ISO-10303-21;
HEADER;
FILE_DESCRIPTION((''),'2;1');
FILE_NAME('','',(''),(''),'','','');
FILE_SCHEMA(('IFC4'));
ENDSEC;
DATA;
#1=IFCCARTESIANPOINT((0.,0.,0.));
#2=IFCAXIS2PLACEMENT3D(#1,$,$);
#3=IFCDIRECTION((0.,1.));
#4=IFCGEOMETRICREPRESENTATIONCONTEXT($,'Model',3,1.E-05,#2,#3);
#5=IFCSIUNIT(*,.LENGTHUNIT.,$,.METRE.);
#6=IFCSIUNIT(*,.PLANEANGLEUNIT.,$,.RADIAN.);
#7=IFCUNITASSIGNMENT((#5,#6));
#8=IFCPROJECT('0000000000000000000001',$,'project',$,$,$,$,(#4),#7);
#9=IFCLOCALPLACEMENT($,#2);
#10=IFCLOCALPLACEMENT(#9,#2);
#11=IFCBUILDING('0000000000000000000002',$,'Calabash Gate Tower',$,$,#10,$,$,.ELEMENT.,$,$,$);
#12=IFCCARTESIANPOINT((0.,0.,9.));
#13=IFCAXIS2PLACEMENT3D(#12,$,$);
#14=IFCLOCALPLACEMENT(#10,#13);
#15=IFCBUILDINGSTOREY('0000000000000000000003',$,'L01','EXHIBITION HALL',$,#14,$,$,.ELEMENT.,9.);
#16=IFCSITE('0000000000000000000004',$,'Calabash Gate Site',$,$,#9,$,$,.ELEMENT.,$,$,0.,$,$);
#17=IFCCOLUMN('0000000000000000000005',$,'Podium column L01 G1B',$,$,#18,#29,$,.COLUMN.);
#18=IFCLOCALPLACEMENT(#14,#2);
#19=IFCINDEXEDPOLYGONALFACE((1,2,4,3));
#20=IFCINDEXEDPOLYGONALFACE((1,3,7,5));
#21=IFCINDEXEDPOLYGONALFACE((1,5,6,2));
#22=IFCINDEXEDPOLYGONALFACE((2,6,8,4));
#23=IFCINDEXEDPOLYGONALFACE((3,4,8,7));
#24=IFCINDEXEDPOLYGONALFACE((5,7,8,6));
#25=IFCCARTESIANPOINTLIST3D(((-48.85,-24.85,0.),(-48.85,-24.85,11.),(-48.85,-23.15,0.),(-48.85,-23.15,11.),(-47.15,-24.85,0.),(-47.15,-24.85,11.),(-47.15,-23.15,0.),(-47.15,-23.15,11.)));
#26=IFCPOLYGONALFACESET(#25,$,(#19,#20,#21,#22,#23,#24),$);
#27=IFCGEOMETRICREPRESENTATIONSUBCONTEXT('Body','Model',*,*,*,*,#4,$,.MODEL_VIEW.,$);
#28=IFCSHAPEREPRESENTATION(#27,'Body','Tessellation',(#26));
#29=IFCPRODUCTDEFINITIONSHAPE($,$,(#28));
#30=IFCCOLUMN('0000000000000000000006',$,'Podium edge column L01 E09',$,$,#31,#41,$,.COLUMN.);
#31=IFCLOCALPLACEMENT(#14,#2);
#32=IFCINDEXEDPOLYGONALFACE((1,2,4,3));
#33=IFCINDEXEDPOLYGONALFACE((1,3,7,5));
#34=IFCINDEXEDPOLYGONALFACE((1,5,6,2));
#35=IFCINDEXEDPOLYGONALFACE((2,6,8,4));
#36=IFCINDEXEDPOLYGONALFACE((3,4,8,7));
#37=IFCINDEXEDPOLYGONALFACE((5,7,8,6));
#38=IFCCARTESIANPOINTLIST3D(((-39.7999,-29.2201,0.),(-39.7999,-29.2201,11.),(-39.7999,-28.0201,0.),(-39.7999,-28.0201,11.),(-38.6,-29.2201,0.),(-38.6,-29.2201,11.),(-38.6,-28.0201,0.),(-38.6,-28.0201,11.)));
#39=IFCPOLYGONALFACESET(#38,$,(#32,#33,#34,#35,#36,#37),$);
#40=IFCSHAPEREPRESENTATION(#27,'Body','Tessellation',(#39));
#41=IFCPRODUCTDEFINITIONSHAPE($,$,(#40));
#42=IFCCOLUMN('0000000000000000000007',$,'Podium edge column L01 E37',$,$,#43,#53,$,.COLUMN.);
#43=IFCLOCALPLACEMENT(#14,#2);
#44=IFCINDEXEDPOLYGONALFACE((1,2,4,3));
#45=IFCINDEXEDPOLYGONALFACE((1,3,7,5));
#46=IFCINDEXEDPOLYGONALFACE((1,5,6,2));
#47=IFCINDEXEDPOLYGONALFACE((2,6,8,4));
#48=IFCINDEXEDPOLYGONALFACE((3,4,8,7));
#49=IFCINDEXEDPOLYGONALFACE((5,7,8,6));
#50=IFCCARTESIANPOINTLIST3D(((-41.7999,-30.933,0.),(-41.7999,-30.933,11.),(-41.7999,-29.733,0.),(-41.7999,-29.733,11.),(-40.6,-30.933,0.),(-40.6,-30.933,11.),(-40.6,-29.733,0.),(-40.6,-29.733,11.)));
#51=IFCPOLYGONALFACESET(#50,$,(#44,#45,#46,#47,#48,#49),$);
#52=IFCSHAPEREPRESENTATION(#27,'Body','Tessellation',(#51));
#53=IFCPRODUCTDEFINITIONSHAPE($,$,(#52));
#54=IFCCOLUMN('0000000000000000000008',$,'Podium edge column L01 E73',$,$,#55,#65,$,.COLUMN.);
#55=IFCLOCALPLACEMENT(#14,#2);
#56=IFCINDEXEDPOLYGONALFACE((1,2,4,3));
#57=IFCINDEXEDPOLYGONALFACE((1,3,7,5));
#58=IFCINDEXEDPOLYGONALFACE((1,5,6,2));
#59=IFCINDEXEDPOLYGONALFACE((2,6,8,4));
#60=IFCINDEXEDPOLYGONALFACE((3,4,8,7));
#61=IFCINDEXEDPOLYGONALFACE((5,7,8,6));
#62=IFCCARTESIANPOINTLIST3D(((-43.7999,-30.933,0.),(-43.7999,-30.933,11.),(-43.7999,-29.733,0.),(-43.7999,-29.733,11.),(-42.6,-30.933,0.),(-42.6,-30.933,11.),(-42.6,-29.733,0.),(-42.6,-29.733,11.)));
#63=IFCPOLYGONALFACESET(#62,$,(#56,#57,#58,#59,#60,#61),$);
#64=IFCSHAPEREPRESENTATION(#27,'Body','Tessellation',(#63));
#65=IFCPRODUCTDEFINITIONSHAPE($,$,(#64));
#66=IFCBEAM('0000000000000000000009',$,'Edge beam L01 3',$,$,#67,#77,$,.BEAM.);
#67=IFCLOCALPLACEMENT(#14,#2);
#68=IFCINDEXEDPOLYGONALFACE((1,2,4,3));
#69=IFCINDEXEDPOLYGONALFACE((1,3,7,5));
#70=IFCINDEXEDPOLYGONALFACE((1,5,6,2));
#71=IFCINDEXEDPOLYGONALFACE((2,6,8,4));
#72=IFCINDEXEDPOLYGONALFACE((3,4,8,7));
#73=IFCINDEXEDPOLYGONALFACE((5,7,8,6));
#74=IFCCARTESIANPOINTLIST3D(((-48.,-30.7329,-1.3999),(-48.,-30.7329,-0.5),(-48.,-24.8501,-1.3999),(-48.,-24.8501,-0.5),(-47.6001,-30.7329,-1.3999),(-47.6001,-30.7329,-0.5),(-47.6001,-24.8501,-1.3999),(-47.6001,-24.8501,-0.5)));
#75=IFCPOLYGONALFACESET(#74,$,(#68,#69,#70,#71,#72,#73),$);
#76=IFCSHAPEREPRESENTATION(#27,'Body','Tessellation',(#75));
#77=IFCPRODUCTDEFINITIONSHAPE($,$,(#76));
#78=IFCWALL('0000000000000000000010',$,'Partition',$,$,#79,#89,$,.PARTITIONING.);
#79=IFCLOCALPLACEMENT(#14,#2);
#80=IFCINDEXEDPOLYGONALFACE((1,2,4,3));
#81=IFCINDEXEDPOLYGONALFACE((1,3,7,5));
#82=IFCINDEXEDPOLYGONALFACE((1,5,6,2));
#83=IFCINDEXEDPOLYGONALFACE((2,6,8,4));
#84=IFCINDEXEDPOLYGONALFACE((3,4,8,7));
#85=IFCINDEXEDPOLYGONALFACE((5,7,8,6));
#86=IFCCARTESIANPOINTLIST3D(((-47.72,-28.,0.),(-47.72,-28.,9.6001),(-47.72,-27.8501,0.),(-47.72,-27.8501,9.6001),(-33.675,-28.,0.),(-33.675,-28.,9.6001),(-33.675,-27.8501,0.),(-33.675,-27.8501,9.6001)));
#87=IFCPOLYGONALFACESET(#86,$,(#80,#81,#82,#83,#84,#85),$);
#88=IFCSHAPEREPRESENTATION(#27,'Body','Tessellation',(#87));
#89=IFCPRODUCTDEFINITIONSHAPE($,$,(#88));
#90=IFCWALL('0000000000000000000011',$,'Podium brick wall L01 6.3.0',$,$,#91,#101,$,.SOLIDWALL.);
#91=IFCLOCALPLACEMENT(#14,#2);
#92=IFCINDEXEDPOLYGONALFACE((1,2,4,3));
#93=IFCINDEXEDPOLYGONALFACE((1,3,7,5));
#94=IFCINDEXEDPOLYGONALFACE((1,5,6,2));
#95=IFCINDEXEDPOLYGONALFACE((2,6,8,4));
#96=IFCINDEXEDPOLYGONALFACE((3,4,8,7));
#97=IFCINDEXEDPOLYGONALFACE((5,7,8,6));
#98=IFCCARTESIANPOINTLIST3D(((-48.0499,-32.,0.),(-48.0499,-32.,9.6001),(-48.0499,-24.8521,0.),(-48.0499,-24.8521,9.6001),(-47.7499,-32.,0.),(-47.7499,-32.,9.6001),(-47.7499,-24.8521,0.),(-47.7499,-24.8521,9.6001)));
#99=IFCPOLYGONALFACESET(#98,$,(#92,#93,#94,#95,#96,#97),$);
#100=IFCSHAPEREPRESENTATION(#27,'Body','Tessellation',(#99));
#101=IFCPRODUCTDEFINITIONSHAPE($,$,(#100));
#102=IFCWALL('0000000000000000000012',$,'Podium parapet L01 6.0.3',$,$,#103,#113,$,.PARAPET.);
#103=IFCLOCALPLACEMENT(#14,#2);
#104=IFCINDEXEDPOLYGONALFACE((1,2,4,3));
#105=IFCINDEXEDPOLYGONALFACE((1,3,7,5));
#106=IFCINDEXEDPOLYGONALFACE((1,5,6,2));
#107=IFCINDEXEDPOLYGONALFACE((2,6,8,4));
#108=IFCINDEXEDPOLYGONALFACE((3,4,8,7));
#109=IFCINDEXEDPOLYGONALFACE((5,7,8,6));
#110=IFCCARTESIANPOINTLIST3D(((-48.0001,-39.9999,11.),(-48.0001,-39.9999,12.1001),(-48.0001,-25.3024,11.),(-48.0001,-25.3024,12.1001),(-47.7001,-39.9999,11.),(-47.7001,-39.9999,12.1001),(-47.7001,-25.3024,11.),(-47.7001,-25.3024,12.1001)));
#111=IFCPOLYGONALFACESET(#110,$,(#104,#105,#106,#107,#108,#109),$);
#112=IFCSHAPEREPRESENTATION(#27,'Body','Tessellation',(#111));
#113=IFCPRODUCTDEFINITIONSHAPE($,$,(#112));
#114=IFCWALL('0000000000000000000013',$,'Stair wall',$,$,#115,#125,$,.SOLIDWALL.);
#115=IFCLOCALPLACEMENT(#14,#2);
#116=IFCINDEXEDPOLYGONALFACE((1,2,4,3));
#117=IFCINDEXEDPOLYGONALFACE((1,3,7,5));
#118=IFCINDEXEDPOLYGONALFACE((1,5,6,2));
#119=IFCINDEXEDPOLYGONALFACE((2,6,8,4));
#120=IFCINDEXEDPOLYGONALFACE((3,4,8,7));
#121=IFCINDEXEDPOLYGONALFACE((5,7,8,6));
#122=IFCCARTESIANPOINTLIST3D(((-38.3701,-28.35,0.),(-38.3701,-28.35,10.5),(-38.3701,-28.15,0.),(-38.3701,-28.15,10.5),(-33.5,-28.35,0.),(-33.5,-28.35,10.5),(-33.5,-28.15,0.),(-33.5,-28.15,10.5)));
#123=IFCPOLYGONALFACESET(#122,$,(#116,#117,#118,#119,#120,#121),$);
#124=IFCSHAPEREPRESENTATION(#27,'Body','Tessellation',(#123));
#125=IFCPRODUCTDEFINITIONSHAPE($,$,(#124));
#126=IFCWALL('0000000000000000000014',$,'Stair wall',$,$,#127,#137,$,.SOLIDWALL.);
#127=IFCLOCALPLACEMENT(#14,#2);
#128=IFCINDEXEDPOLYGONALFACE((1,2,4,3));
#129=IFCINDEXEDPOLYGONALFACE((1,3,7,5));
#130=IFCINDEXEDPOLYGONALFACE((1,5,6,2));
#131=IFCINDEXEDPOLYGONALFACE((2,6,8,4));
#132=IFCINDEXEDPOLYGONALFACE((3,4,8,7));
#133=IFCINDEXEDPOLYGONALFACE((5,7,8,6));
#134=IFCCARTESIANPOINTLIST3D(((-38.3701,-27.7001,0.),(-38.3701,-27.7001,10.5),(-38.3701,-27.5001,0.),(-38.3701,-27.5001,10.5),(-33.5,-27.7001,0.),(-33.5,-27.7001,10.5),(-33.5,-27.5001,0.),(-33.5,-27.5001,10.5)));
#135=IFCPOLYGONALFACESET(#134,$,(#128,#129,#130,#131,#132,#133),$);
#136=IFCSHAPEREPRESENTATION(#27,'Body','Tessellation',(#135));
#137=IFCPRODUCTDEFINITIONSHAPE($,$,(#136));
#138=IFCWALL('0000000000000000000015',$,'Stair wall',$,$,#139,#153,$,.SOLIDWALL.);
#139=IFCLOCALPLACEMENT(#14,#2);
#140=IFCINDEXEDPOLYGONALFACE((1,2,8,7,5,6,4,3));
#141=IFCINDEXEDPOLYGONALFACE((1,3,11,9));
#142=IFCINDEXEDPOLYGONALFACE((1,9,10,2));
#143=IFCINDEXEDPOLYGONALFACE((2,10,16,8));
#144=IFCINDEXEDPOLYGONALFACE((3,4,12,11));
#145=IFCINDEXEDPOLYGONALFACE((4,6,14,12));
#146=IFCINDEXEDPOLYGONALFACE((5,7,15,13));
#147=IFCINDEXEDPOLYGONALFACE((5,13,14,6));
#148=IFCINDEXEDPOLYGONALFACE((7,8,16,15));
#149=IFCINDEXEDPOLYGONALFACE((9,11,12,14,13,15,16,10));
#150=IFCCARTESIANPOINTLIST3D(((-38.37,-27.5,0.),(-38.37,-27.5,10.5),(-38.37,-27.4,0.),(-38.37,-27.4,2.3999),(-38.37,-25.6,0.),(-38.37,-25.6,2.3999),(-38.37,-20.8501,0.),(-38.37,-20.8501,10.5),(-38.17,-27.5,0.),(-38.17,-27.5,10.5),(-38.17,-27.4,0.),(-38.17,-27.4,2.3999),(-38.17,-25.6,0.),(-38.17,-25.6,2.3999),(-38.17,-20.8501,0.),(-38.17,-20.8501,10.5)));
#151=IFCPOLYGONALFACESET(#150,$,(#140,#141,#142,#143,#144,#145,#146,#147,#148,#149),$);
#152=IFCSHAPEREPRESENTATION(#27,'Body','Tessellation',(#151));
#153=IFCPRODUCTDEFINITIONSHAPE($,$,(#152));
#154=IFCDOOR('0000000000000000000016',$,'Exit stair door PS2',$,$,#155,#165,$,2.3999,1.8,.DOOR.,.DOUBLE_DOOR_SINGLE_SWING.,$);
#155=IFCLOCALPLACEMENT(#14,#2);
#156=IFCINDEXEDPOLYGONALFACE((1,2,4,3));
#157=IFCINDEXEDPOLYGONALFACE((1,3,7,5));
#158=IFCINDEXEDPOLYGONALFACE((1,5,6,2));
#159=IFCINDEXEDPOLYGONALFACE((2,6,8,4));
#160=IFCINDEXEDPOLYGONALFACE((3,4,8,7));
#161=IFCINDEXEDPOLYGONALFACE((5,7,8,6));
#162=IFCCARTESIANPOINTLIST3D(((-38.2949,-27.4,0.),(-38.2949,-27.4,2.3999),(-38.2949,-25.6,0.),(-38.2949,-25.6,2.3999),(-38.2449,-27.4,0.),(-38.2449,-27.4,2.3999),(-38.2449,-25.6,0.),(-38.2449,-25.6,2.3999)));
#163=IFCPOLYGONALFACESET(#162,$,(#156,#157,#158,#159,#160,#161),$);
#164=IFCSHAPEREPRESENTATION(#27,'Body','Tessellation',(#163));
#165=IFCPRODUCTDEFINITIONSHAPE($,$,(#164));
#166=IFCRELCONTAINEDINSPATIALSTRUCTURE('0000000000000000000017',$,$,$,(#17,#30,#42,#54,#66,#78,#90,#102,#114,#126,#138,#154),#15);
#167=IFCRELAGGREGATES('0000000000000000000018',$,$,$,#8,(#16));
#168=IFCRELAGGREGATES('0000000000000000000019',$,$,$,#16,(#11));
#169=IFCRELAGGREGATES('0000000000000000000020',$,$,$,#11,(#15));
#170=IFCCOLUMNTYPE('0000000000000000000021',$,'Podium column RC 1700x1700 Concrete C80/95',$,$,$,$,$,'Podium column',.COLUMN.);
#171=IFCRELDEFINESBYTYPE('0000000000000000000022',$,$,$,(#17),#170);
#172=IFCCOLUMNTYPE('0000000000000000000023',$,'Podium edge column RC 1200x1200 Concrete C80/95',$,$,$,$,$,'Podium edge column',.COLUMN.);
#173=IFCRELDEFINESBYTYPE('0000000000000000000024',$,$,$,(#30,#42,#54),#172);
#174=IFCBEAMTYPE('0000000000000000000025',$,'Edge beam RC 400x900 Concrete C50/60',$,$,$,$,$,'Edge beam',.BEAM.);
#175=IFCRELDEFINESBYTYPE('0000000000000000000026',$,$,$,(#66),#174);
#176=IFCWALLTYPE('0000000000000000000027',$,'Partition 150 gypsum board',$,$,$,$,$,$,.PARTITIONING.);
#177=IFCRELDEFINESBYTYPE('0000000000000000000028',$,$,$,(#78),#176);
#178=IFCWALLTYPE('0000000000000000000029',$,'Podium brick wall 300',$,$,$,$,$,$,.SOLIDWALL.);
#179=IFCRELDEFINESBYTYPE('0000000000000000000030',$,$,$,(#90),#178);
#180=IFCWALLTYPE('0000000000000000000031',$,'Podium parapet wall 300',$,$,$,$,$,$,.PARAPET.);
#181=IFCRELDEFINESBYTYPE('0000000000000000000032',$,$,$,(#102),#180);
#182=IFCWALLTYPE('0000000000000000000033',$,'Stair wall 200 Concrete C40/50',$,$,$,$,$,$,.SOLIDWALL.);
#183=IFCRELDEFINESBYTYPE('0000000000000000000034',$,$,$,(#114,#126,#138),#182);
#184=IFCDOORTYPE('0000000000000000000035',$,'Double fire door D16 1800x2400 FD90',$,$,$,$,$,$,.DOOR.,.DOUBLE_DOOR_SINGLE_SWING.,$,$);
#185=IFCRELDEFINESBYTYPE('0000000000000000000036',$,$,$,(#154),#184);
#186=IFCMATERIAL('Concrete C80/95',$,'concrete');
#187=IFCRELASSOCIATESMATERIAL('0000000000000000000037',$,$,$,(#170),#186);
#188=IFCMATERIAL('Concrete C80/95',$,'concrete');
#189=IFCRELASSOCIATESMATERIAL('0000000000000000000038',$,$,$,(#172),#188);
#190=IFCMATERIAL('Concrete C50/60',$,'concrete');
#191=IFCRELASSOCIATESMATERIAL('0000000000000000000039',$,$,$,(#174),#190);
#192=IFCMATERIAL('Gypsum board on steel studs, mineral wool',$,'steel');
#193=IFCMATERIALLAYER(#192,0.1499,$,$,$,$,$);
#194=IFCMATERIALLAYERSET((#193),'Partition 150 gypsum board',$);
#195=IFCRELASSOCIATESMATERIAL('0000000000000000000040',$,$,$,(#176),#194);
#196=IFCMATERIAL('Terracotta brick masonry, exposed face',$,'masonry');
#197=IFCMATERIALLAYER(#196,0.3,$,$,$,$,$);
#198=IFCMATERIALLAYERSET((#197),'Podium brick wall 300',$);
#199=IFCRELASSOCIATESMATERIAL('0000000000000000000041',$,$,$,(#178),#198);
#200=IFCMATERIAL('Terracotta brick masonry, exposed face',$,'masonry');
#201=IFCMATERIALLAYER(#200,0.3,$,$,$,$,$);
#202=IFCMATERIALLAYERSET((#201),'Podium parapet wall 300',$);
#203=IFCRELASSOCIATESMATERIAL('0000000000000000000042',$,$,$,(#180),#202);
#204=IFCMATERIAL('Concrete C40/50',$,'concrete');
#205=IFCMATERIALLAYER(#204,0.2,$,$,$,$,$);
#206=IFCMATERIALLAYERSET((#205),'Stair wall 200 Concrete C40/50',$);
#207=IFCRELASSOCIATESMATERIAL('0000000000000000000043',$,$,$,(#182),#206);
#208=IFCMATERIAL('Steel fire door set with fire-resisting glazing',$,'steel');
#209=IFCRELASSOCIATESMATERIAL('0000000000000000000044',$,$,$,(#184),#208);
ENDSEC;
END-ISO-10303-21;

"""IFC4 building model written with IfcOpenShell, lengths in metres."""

from ifc_helpers import new_model, si_unit, direction, frame, frame_2d, origin, origin_2d, place, context, subcontext, project, spatial, rectangle, extrude, material, layer, layer_set, material_profile, profile_set, type_object, element, fill, save


model = new_model("IFC4")

# Units and contexts
model_context = context("Model", 3, precision=1e-05, world=origin(), true_north=direction((0.0, 1.0)))
body_context = subcontext(model_context, "Body", "Model", "MODEL_VIEW")
ifc_project = project(units=[si_unit("LENGTHUNIT", "METRE"), si_unit("PLANEANGLEUNIT", "RADIAN")], contexts=[model_context])

# Site, building, storey
site_placement = place(None, origin())
site = spatial("IfcSite", under=ifc_project, at=site_placement, Name="Calabash Gate Site", CompositionType="ELEMENT", RefElevation=0.0)
building_placement = place(site_placement, origin())
building = spatial("IfcBuilding", under=site, at=building_placement, Name="Calabash Gate Tower", CompositionType="ELEMENT")
storey_placement = place(building_placement, frame((0.0, 0.0, 9.0)))
storey = spatial("IfcBuildingStorey", under=building, at=storey_placement, Name="L01", Description="EXHIBITION HALL", CompositionType="ELEMENT", Elevation=9.0)

# Columns
ifc_material_1 = material(Name="Concrete C80/95", Category="concrete")
ifc_material_profile_1 = material_profile(ifc_material_1, rectangle(XDim=1.7, YDim=1.7, at=origin_2d()))
ifc_profile_set_1 = profile_set([ifc_material_profile_1], Name="Concrete C80/95")
column_type_1 = type_object("IfcColumnType", Name="Podium column RC 1700x1700 Concrete C80/95", ElementType="Podium column", PredefinedType="COLUMN", material=ifc_profile_set_1)
column_placement = place(storey_placement, frame((-48.0, -24.0, 0.0), z_axis=(0.0, 0.0, 1.0), x_axis=(1.0, 0.0, 0.0)))
element("IfcColumn", 1, at=column_placement, inside=storey, type_object=column_type_1, Name="Podium column L01 G1B", PredefinedType="COLUMN", context=body_context, shape_type="SweptSolid", body=[
    extrude(rectangle(XDim=1.7, YDim=1.7, at=origin_2d()), origin(), (0.0, 0.0, 1.0), 11.0),
])
ifc_material_2 = material(Name="Concrete C80/95", Category="concrete")
ifc_material_profile_2 = material_profile(ifc_material_2, rectangle(XDim=1.2, YDim=1.2, at=origin_2d()))
ifc_profile_set_2 = profile_set([ifc_material_profile_2], Name="Concrete C80/95")
column_type_2 = type_object("IfcColumnType", Name="Podium edge column RC 1200x1200 Concrete C80/95", ElementType="Podium edge column", PredefinedType="COLUMN", material=ifc_profile_set_2)
for number, where, z_axis, x_axis, name in (
    (2, (-39.2, -28.6201, 0.0), (0.0, 0.0, 1.0), (1.0, 0.0, 0.0), "Podium edge column L01 E09"),
    (3, (-41.2, -30.333, 0.0), (0.0, 0.0, 1.0), (1.0, 0.0, 0.0), "Podium edge column L01 E37"),
    (4, (-43.2, -30.333, 0.0), (0.0, 0.0, 1.0), (1.0, 0.0, 0.0), "Podium edge column L01 E73"),
):
    element("IfcColumn", number, at=place(storey_placement, frame(where, z_axis=z_axis, x_axis=x_axis)), inside=storey, type_object=column_type_2, Name=name, PredefinedType="COLUMN", context=body_context, shape_type="SweptSolid", body=[
        extrude(rectangle(XDim=1.2, YDim=1.2, at=origin_2d()), origin(), (0.0, 0.0, 1.0), 11.0),
    ])

# Beam
ifc_material_3 = material(Name="Concrete C50/60", Category="concrete")
ifc_material_profile_3 = material_profile(ifc_material_3, rectangle(XDim=0.3999, YDim=0.8999, at=origin_2d()))
ifc_profile_set_3 = profile_set([ifc_material_profile_3], Name="Concrete C50/60")
beam_type = type_object("IfcBeamType", Name="Edge beam RC 400x900 Concrete C50/60", ElementType="Edge beam", PredefinedType="BEAM", material=ifc_profile_set_3)
beam_placement = place(storey_placement, frame((-47.8, -30.7329, -0.95), z_axis=(0.0, 1.0, 0.0), x_axis=(-1.0, 0.0, 0.0)))
element("IfcBeam", 5, at=beam_placement, inside=storey, type_object=beam_type, Name="Edge beam L01 3", PredefinedType="BEAM", context=body_context, shape_type="SweptSolid", body=[
    extrude(rectangle(XDim=0.3999, YDim=0.8999, at=origin_2d()), origin(), (0.0, 0.0, 1.0), 5.8828),
])

# Walls
ifc_material_4 = material(Name="Gypsum board on steel studs, mineral wool", Category="steel")
ifc_layer_1 = layer(ifc_material_4, 0.1499)
ifc_layer_set_1 = layer_set([ifc_layer_1], Name="Partition 150 gypsum board")
wall_type_1 = type_object("IfcWallType", Name="Partition 150 gypsum board", PredefinedType="PARTITIONING", material=ifc_layer_set_1)
wall_1_placement = place(storey_placement, frame((-47.72, -27.925, 0.0), z_axis=(0.0, 0.0, 1.0), x_axis=(1.0, 0.0, 0.0)))
element("IfcWall", 6, at=wall_1_placement, inside=storey, type_object=wall_type_1, Name="Partition", PredefinedType="PARTITIONING", context=body_context, shape_type="SweptSolid", body=[
    extrude(rectangle(XDim=14.0449, YDim=0.1499, at=frame_2d((7.0225, 0.0))), origin(), (0.0, 0.0, 1.0), 9.6001),
])
ifc_material_5 = material(Name="Terracotta brick masonry, exposed face", Category="masonry")
ifc_layer_2 = layer(ifc_material_5, 0.3)
ifc_layer_set_2 = layer_set([ifc_layer_2], Name="Podium brick wall 300")
wall_type_2 = type_object("IfcWallType", Name="Podium brick wall 300", PredefinedType="SOLIDWALL", material=ifc_layer_set_2)
wall_2_placement = place(storey_placement, frame((-47.8999, -24.8521, 0.0), z_axis=(0.0, 0.0, 1.0), x_axis=(0.0, -1.0, 0.0)))
element("IfcWall", 7, at=wall_2_placement, inside=storey, type_object=wall_type_2, Name="Podium brick wall L01 6.3.0", PredefinedType="SOLIDWALL", context=body_context, shape_type="SweptSolid", body=[
    extrude(rectangle(XDim=7.1479, YDim=0.3, at=frame_2d((3.574, 0.0))), origin(), (0.0, 0.0, 1.0), 9.6001),
])
ifc_material_6 = material(Name="Terracotta brick masonry, exposed face", Category="masonry")
ifc_layer_3 = layer(ifc_material_6, 0.3)
ifc_layer_set_3 = layer_set([ifc_layer_3], Name="Podium parapet wall 300")
wall_type_3 = type_object("IfcWallType", Name="Podium parapet wall 300", PredefinedType="PARAPET", material=ifc_layer_set_3)
wall_3_placement = place(storey_placement, frame((-47.8501, -25.3025, 11.0), z_axis=(0.0, 0.0, 1.0), x_axis=(0.0, -1.0, 0.0)))
element("IfcWall", 8, at=wall_3_placement, inside=storey, type_object=wall_type_3, Name="Podium parapet L01 6.0.3", PredefinedType="PARAPET", context=body_context, shape_type="SweptSolid", body=[
    extrude(rectangle(XDim=14.6975, YDim=0.3, at=frame_2d((7.3486, 0.0))), origin(), (0.0, 0.0, 1.0), 1.1001),
])
ifc_material_7 = material(Name="Concrete C40/50", Category="concrete")
ifc_layer_4 = layer(ifc_material_7, 0.2)
ifc_layer_set_4 = layer_set([ifc_layer_4], Name="Stair wall 200 Concrete C40/50")
wall_type_4 = type_object("IfcWallType", Name="Stair wall 200 Concrete C40/50", PredefinedType="SOLIDWALL", material=ifc_layer_set_4)
for number, where, z_axis, x_axis, name in (
    (9, (-38.3701, -28.25, 0.0), (0.0, 0.0, 1.0), (1.0, 0.0, 0.0), "Stair wall"),
    (10, (-38.3701, -27.6001, 0.0), (0.0, 0.0, 1.0), (1.0, 0.0, 0.0), "Stair wall"),
):
    element("IfcWall", number, at=place(storey_placement, frame(where, z_axis=z_axis, x_axis=x_axis)), inside=storey, type_object=wall_type_4, Name=name, PredefinedType="SOLIDWALL", context=body_context, shape_type="SweptSolid", body=[
        extrude(rectangle(XDim=4.8701, YDim=0.2, at=frame_2d((2.4351, 0.0))), origin(), (0.0, 0.0, 1.0), 10.5),
    ])

# Wall, opening, door
wall_4_placement = place(storey_placement, frame((-38.27, -27.5, 0.0), z_axis=(0.0, 0.0, 1.0), x_axis=(0.0, 1.0, 0.0)))
wall_4 = element("IfcWall", 11, at=wall_4_placement, inside=storey, type_object=wall_type_4, Name="Stair wall", PredefinedType="SOLIDWALL", context=body_context, shape_type="SweptSolid", body=[
    extrude(rectangle(XDim=6.6499, YDim=0.2, at=frame_2d((3.325, 0.0))), origin(), (0.0, 0.0, 1.0), 10.5),
])
opening_placement = place(wall_4_placement, frame((0.1001, 0.0, 0.0)))
opening = element("IfcOpeningElement", 12, at=opening_placement, cuts=wall_4, PredefinedType="OPENING", context=body_context, shape_type="SweptSolid", body=[
    extrude(rectangle(XDim=1.8, YDim=2.3999, at=frame_2d((0.8999, 1.2))), frame((0.0, 0.1099, 0.0), z_axis=(0.0, -1.0, 0.0), x_axis=(1.0, 0.0, 0.0)), (0.0, 0.0, 1.0), 0.22),
])
ifc_material_8 = material(Name="Steel fire door set with fire-resisting glazing", Category="steel")
door_type = type_object("IfcDoorType", Name="Double fire door D16 1800x2400 FD90", OperationType="DOUBLE_DOOR_SINGLE_SWING", PredefinedType="DOOR", material=ifc_material_8)
door_placement = place(opening_placement, origin())
door = element("IfcDoor", 13, at=door_placement, inside=storey, type_object=door_type, Name="Exit stair door PS2", OperationType="DOUBLE_DOOR_SINGLE_SWING", OverallHeight=2.3999, OverallWidth=1.8, PredefinedType="DOOR", context=body_context, shape_type="SweptSolid", body=[
    extrude(rectangle(XDim=1.8, YDim=2.3999, at=frame_2d((0.8999, 1.2))), frame((0.0, 0.0249, 0.0), z_axis=(0.0, -1.0, 0.0), x_axis=(1.0, 0.0, 0.0)), (0.0, 0.0, 1.0), 0.05),
])
fill(opening, door)

save(model, "model.ifc")
